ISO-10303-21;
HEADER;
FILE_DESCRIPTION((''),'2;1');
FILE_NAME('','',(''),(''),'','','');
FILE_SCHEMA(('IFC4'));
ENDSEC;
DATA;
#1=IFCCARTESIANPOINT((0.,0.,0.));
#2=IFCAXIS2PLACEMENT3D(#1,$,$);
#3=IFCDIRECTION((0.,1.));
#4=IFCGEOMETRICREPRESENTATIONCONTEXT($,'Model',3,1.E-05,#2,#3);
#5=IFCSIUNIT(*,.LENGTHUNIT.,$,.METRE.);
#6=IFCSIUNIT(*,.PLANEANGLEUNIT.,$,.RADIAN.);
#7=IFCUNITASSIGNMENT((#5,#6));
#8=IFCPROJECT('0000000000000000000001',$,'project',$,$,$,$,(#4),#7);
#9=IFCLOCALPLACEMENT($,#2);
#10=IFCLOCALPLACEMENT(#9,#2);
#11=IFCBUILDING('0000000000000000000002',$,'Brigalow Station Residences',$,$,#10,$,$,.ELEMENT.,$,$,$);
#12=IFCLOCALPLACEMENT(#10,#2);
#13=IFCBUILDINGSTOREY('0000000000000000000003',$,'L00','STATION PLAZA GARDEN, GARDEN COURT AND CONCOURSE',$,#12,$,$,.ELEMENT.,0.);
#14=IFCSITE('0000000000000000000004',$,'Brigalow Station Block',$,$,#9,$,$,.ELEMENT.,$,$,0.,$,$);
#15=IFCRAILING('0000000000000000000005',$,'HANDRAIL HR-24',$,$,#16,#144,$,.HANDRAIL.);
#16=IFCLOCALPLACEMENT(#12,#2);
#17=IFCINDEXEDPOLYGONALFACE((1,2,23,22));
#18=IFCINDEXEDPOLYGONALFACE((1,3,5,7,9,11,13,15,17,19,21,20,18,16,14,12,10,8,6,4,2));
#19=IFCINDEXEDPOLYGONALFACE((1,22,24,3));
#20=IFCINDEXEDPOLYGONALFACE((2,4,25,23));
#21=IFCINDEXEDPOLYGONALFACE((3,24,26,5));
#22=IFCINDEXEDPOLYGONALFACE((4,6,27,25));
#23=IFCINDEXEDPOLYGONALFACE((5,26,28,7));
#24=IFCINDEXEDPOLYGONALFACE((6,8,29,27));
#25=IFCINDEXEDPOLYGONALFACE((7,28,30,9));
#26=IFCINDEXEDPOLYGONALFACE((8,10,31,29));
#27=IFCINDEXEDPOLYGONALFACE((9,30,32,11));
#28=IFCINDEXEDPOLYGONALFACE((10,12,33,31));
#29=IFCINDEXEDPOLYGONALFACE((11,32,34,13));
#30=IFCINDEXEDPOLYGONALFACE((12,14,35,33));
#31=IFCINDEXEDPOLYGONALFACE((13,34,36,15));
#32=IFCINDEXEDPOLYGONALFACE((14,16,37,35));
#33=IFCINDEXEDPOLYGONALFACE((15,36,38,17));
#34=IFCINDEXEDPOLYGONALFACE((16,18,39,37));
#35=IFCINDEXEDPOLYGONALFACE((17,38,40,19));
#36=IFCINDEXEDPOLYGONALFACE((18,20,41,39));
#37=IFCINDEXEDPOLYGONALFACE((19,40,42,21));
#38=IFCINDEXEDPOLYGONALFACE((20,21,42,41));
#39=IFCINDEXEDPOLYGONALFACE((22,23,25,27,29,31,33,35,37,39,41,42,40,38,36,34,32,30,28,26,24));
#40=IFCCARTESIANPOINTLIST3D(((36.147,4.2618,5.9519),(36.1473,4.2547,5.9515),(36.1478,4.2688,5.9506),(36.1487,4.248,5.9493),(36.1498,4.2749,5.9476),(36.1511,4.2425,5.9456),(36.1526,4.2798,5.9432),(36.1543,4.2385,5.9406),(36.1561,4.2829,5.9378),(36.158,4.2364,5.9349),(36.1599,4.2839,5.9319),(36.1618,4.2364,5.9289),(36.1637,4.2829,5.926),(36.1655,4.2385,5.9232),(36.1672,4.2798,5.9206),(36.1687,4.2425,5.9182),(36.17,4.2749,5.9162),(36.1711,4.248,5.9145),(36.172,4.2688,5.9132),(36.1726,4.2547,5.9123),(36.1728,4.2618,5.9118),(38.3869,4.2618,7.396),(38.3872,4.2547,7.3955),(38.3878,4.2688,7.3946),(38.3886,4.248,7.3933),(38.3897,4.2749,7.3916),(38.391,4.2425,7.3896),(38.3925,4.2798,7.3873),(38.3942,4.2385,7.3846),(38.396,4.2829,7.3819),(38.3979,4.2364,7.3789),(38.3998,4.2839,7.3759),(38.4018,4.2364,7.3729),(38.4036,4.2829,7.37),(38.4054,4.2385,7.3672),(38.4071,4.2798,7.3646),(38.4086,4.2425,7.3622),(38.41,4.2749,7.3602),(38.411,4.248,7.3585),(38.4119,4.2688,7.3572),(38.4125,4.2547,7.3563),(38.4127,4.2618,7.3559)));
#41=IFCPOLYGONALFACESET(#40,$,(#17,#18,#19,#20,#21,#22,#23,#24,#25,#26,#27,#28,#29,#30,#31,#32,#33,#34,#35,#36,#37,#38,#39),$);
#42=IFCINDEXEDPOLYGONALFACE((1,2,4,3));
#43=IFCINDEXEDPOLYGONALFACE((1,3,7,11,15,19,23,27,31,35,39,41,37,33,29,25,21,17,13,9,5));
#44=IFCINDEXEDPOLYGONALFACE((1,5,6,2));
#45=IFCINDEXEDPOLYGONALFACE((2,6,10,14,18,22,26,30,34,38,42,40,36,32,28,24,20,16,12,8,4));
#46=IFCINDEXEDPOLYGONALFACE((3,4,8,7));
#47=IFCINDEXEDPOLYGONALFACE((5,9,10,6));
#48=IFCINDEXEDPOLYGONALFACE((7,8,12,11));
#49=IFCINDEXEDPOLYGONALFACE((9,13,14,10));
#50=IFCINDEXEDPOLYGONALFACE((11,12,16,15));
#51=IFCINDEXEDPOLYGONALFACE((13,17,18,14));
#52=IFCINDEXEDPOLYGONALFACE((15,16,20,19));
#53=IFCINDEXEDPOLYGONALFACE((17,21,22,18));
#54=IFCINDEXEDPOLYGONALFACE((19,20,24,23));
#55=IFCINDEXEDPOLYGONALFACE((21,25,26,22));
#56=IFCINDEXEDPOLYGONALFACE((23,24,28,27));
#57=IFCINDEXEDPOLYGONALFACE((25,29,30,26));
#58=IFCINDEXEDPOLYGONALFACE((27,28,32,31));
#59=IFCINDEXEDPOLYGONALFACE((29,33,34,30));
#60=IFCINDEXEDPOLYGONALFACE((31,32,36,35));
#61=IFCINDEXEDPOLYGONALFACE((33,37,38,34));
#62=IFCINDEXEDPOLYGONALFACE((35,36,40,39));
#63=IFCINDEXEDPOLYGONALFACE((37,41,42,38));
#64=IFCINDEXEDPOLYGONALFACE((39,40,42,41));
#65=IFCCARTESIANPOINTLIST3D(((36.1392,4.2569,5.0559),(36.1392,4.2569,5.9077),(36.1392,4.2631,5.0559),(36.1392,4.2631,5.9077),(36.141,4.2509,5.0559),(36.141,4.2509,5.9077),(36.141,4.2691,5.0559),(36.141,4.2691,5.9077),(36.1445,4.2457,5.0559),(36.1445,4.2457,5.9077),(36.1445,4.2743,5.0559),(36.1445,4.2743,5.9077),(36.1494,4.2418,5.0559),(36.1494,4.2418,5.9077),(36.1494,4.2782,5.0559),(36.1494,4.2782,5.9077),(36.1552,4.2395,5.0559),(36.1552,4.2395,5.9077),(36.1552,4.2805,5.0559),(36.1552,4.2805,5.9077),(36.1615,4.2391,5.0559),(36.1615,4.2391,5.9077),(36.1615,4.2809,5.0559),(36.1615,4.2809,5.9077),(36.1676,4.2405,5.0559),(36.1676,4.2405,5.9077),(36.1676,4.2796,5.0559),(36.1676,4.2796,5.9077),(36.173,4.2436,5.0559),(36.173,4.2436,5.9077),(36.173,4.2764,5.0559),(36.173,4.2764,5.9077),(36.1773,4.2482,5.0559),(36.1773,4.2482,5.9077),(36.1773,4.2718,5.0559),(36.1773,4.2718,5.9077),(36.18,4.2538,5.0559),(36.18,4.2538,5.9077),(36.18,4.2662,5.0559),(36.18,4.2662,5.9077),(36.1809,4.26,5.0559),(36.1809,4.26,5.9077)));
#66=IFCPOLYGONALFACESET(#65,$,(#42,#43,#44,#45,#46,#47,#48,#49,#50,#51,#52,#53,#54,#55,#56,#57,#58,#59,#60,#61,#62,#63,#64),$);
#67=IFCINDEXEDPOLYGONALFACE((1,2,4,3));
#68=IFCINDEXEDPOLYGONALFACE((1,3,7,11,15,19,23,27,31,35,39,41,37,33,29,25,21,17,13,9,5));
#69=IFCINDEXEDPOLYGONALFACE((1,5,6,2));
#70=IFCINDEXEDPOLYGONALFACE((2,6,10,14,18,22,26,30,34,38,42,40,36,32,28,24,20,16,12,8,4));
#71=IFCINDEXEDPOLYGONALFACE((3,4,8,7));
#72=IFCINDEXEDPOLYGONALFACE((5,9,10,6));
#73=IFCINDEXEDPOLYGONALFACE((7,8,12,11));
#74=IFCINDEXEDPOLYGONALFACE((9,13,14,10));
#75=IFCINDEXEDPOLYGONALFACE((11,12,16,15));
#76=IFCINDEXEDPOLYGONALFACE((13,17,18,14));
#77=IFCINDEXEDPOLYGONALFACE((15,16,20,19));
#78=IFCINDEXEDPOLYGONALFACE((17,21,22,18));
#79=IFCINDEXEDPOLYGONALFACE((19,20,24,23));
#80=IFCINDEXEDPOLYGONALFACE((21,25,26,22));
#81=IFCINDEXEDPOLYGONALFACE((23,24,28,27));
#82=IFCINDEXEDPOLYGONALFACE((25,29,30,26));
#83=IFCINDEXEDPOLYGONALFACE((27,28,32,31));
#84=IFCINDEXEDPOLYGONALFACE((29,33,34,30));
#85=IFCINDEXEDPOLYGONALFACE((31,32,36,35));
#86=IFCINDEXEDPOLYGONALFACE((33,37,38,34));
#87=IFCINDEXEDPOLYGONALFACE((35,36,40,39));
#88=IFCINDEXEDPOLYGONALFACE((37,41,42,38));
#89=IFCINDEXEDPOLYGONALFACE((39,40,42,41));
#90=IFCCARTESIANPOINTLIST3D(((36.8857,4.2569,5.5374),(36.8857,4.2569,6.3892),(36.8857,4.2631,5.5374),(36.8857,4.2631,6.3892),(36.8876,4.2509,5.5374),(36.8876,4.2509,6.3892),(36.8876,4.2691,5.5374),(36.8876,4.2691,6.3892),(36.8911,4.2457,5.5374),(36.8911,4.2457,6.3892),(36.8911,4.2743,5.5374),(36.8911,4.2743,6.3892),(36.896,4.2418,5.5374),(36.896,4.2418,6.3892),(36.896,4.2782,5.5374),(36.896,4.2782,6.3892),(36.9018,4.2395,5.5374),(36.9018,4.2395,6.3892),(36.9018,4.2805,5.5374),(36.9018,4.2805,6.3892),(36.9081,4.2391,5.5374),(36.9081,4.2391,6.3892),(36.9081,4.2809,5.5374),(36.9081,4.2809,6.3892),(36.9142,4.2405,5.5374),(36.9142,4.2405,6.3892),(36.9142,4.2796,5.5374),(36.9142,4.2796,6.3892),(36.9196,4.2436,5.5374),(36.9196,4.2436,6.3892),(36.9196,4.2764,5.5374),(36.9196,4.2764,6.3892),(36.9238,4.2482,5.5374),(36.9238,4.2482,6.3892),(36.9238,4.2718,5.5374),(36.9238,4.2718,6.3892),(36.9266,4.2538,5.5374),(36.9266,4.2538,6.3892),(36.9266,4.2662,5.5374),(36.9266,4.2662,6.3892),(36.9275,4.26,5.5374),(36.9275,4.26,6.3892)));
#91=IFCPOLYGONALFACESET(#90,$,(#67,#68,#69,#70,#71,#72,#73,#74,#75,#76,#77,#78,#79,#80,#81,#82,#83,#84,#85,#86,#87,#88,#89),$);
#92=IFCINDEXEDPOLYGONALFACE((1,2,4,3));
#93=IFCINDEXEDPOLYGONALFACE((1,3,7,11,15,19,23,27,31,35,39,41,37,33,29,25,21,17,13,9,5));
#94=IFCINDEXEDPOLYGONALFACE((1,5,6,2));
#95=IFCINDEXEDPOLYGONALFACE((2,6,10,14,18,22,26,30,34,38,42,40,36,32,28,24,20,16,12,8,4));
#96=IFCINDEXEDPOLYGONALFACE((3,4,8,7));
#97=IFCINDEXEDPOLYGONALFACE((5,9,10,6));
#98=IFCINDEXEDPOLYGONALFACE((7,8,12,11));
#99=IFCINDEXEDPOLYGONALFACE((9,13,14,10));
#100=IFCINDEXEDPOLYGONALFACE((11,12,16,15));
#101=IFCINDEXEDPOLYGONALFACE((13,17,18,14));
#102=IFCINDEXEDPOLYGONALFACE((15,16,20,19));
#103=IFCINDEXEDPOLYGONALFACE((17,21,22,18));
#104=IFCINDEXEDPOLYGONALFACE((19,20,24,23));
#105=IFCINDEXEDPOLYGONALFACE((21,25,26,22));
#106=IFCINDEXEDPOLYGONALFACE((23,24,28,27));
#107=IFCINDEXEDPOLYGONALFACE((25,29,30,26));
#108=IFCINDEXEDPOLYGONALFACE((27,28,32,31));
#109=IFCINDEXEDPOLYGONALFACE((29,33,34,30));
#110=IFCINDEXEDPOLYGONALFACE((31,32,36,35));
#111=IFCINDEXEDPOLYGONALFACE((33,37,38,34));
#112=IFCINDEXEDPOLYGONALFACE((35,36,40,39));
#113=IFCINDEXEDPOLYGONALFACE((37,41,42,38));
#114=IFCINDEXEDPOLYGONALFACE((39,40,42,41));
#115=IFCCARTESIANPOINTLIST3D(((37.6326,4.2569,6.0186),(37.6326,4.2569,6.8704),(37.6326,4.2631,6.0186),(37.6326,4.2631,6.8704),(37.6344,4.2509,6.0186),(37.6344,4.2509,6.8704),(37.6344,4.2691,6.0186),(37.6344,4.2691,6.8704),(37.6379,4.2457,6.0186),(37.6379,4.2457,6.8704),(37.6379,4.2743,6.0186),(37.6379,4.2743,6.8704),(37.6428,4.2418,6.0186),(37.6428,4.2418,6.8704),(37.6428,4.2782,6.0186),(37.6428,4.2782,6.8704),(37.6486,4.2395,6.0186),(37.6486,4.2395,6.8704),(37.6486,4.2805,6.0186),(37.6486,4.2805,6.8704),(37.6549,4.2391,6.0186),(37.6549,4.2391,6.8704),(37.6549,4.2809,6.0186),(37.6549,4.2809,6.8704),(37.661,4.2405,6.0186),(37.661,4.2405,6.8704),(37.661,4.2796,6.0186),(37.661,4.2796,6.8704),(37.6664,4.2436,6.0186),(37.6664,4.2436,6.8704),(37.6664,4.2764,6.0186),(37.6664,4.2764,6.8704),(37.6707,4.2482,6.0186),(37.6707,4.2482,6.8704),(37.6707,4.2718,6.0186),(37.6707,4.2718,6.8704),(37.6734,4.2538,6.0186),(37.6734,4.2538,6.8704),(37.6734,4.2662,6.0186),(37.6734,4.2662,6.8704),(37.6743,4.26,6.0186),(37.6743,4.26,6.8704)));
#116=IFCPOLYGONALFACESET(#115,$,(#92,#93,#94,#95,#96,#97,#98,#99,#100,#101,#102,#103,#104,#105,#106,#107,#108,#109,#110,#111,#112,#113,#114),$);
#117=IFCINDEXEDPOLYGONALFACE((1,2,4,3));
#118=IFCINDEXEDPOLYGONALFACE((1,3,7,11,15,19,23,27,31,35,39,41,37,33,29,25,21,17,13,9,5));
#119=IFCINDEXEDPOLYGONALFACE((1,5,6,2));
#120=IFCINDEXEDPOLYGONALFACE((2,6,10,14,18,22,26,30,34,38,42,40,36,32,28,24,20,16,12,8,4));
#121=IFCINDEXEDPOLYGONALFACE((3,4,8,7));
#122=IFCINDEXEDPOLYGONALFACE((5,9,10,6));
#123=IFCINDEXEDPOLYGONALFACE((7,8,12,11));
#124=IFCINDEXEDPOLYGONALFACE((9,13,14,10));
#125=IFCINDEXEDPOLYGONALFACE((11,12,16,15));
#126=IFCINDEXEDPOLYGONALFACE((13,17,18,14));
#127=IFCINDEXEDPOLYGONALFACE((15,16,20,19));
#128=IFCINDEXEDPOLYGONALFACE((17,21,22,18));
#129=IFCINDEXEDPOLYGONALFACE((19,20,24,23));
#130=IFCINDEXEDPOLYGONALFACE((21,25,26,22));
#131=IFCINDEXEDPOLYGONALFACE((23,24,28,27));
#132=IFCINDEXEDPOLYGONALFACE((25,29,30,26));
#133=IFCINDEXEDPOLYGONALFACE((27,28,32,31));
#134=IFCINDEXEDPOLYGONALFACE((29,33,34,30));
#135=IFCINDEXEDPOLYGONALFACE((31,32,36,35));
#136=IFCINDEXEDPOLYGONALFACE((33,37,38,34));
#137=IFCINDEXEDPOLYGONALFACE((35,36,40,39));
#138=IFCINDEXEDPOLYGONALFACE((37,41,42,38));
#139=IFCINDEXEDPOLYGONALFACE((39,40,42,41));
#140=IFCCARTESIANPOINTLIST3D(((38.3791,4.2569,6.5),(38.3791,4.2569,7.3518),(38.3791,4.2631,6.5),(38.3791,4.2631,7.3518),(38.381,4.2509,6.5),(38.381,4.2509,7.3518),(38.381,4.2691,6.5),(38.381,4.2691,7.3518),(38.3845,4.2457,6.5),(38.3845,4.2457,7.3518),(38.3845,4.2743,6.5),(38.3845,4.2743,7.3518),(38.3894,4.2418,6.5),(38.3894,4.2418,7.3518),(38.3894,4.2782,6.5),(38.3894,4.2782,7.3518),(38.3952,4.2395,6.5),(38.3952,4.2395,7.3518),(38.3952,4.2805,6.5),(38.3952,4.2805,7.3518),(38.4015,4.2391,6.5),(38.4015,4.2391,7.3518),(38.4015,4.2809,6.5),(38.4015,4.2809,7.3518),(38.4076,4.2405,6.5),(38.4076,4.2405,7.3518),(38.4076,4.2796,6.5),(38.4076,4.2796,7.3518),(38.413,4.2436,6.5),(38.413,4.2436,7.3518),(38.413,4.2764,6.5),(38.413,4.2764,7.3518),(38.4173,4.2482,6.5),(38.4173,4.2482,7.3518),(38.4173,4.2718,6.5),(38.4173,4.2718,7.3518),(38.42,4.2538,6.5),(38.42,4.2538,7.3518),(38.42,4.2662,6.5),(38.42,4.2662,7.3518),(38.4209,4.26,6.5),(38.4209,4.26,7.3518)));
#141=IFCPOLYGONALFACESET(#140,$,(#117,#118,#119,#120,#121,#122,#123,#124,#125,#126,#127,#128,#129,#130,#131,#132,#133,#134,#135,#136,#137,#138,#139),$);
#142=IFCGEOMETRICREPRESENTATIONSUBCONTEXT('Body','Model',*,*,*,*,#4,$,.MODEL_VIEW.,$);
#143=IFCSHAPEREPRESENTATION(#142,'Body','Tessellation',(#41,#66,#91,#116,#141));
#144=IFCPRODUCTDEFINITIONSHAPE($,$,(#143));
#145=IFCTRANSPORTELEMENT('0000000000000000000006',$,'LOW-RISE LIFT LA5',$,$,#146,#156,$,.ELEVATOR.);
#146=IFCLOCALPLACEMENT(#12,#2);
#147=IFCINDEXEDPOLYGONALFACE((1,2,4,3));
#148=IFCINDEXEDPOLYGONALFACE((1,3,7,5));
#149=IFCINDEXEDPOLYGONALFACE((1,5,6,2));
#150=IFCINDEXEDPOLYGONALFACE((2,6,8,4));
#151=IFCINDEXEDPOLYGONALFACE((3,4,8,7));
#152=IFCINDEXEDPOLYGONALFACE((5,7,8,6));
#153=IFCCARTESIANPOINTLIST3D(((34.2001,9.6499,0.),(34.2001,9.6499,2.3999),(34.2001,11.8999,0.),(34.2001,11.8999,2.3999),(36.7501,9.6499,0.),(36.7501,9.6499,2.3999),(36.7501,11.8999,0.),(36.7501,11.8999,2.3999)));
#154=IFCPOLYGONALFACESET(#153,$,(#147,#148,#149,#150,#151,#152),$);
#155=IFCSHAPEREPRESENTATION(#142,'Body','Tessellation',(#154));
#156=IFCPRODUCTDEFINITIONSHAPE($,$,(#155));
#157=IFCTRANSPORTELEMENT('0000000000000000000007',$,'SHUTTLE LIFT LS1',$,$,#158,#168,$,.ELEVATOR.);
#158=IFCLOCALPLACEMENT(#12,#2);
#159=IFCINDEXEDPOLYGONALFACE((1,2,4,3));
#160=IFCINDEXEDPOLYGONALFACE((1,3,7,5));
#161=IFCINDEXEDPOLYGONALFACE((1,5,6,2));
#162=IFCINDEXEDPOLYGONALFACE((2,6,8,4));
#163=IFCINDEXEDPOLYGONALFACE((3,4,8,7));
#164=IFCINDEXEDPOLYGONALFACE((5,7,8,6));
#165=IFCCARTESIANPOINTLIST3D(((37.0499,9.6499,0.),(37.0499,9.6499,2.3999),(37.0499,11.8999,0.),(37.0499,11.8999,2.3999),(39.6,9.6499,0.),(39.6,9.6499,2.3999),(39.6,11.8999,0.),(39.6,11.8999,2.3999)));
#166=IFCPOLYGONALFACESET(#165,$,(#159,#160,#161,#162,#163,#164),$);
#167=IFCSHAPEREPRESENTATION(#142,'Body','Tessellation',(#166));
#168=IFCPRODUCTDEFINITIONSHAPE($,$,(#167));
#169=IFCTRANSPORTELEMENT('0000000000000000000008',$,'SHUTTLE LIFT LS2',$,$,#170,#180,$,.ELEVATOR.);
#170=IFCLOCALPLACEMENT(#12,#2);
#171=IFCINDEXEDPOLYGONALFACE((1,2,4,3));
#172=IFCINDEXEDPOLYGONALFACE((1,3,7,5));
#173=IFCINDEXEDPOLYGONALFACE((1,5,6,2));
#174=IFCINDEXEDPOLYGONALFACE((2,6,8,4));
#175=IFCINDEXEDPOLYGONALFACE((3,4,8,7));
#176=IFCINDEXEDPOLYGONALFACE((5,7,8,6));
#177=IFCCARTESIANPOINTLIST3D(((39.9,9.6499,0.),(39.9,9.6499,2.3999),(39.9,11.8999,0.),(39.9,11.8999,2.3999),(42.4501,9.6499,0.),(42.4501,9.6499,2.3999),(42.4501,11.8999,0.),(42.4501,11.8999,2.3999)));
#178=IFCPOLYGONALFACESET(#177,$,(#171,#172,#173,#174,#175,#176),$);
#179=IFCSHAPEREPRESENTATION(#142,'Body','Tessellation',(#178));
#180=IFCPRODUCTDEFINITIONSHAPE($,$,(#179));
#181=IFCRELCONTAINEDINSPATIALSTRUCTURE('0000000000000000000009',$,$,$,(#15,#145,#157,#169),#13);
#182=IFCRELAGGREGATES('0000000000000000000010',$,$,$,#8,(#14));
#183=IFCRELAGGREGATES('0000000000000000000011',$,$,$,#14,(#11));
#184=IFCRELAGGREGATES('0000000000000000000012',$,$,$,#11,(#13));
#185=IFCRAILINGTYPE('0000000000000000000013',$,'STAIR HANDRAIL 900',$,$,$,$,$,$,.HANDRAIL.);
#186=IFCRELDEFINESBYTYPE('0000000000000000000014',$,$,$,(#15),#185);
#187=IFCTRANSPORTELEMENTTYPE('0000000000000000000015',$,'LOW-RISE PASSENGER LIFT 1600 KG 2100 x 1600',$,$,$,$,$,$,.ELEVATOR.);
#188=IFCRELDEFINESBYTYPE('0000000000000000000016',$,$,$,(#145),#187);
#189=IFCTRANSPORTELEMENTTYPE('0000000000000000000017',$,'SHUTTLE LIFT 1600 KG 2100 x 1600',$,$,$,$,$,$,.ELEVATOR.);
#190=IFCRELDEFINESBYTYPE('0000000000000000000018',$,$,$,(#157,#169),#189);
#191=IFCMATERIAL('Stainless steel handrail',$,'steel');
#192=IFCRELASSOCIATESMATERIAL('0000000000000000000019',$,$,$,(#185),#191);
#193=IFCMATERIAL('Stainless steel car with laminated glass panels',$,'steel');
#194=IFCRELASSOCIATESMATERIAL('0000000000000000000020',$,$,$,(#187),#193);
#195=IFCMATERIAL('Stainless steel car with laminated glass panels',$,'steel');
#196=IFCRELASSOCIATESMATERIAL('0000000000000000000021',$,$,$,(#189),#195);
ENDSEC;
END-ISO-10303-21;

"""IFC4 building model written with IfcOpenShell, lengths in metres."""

from ifc_helpers import new_model, si_unit, direction, frame, origin, origin_2d, place, context, subcontext, project, spatial, rectangle, circle, extrude, material, type_object, element, save


model = new_model("IFC4")

# Units and contexts
model_context = context("Model", 3, precision=1e-05, world=origin(), true_north=direction((0.0, 1.0)))
body_context = subcontext(model_context, "Body", "Model", "MODEL_VIEW")
ifc_project = project(units=[si_unit("LENGTHUNIT", "METRE"), si_unit("PLANEANGLEUNIT", "RADIAN")], contexts=[model_context])

# Site, building, storey
site_placement = place(None, origin())
site = spatial("IfcSite", under=ifc_project, at=site_placement, Name="Brigalow Station Block", CompositionType="ELEMENT", RefElevation=0.0)
building_placement = place(site_placement, origin())
building = spatial("IfcBuilding", under=site, at=building_placement, Name="Brigalow Station Residences", CompositionType="ELEMENT")
storey_placement = place(building_placement, origin())
storey = spatial("IfcBuildingStorey", under=building, at=storey_placement, Name="L00", Description="STATION PLAZA GARDEN, GARDEN COURT AND CONCOURSE", CompositionType="ELEMENT", Elevation=0.0)

# Railing
ifc_material_1 = material(Name="Stainless steel handrail", Category="steel")
railing_type = type_object("IfcRailingType", Name="STAIR HANDRAIL 900", PredefinedType="HANDRAIL", material=ifc_material_1)
railing_placement = place(storey_placement, frame((36.1599, 4.26, 5.0559)))
element("IfcRailing", 1, at=railing_placement, inside=storey, type_object=railing_type, Name="HANDRAIL HR-24", PredefinedType="HANDRAIL", context=body_context, shape_type="SweptSolid", body=[
    extrude(circle(Radius=0.0239, at=origin_2d()), frame((0.0, 0.0, 0.876), z_axis=(0.840478, 0.0, 0.541845), x_axis=(0.0, 1.0, 0.0)), (0.0, 0.0, 1.0), 2.665),
    extrude(circle(Radius=0.021, at=origin_2d()), origin(), (0.0, 0.0, 1.0), 0.8518),
    extrude(circle(Radius=0.021, at=origin_2d()), frame((0.7466, 0.0, 0.4814)), (0.0, 0.0, 1.0), 0.8518),
    extrude(circle(Radius=0.021, at=origin_2d()), frame((1.4934, 0.0, 0.9626)), (0.0, 0.0, 1.0), 0.8518),
    extrude(circle(Radius=0.021, at=origin_2d()), frame((2.24, 0.0, 1.4441)), (0.0, 0.0, 1.0), 0.8518),
])

# Transport elements
ifc_material_2 = material(Name="Stainless steel car with laminated glass panels", Category="steel")
transport_element_type_1 = type_object("IfcTransportElementType", Name="LOW-RISE PASSENGER LIFT 1600 KG 2100 x 1600", PredefinedType="ELEVATOR", material=ifc_material_2)
transport_element_placement = place(storey_placement, frame((35.4751, 10.7749, 0.0), z_axis=(0.0, 0.0, 1.0), x_axis=(1.0, 0.0, 0.0)))
element("IfcTransportElement", 2, at=transport_element_placement, inside=storey, type_object=transport_element_type_1, Name="LOW-RISE LIFT LA5", PredefinedType="ELEVATOR", context=body_context, shape_type="SweptSolid", body=[
    extrude(rectangle(XDim=2.55, YDim=2.25, at=origin_2d()), origin(), (0.0, 0.0, 1.0), 2.3999),
])
ifc_material_3 = material(Name="Stainless steel car with laminated glass panels", Category="steel")
transport_element_type_2 = type_object("IfcTransportElementType", Name="SHUTTLE LIFT 1600 KG 2100 x 1600", PredefinedType="ELEVATOR", material=ifc_material_3)
for number, where, z_axis, x_axis, name in (
    (3, (38.325, 10.7749, 0.0), (0.0, 0.0, 1.0), (1.0, 0.0, 0.0), "SHUTTLE LIFT LS1"),
    (4, (41.175, 10.7749, 0.0), (0.0, 0.0, 1.0), (1.0, 0.0, 0.0), "SHUTTLE LIFT LS2"),
):
    element("IfcTransportElement", number, at=place(storey_placement, frame(where, z_axis=z_axis, x_axis=x_axis)), inside=storey, type_object=transport_element_type_2, Name=name, PredefinedType="ELEVATOR", context=body_context, shape_type="SweptSolid", body=[
        extrude(rectangle(XDim=2.55, YDim=2.25, at=origin_2d()), origin(), (0.0, 0.0, 1.0), 2.3999),
    ])

save(model, "model.ifc")
